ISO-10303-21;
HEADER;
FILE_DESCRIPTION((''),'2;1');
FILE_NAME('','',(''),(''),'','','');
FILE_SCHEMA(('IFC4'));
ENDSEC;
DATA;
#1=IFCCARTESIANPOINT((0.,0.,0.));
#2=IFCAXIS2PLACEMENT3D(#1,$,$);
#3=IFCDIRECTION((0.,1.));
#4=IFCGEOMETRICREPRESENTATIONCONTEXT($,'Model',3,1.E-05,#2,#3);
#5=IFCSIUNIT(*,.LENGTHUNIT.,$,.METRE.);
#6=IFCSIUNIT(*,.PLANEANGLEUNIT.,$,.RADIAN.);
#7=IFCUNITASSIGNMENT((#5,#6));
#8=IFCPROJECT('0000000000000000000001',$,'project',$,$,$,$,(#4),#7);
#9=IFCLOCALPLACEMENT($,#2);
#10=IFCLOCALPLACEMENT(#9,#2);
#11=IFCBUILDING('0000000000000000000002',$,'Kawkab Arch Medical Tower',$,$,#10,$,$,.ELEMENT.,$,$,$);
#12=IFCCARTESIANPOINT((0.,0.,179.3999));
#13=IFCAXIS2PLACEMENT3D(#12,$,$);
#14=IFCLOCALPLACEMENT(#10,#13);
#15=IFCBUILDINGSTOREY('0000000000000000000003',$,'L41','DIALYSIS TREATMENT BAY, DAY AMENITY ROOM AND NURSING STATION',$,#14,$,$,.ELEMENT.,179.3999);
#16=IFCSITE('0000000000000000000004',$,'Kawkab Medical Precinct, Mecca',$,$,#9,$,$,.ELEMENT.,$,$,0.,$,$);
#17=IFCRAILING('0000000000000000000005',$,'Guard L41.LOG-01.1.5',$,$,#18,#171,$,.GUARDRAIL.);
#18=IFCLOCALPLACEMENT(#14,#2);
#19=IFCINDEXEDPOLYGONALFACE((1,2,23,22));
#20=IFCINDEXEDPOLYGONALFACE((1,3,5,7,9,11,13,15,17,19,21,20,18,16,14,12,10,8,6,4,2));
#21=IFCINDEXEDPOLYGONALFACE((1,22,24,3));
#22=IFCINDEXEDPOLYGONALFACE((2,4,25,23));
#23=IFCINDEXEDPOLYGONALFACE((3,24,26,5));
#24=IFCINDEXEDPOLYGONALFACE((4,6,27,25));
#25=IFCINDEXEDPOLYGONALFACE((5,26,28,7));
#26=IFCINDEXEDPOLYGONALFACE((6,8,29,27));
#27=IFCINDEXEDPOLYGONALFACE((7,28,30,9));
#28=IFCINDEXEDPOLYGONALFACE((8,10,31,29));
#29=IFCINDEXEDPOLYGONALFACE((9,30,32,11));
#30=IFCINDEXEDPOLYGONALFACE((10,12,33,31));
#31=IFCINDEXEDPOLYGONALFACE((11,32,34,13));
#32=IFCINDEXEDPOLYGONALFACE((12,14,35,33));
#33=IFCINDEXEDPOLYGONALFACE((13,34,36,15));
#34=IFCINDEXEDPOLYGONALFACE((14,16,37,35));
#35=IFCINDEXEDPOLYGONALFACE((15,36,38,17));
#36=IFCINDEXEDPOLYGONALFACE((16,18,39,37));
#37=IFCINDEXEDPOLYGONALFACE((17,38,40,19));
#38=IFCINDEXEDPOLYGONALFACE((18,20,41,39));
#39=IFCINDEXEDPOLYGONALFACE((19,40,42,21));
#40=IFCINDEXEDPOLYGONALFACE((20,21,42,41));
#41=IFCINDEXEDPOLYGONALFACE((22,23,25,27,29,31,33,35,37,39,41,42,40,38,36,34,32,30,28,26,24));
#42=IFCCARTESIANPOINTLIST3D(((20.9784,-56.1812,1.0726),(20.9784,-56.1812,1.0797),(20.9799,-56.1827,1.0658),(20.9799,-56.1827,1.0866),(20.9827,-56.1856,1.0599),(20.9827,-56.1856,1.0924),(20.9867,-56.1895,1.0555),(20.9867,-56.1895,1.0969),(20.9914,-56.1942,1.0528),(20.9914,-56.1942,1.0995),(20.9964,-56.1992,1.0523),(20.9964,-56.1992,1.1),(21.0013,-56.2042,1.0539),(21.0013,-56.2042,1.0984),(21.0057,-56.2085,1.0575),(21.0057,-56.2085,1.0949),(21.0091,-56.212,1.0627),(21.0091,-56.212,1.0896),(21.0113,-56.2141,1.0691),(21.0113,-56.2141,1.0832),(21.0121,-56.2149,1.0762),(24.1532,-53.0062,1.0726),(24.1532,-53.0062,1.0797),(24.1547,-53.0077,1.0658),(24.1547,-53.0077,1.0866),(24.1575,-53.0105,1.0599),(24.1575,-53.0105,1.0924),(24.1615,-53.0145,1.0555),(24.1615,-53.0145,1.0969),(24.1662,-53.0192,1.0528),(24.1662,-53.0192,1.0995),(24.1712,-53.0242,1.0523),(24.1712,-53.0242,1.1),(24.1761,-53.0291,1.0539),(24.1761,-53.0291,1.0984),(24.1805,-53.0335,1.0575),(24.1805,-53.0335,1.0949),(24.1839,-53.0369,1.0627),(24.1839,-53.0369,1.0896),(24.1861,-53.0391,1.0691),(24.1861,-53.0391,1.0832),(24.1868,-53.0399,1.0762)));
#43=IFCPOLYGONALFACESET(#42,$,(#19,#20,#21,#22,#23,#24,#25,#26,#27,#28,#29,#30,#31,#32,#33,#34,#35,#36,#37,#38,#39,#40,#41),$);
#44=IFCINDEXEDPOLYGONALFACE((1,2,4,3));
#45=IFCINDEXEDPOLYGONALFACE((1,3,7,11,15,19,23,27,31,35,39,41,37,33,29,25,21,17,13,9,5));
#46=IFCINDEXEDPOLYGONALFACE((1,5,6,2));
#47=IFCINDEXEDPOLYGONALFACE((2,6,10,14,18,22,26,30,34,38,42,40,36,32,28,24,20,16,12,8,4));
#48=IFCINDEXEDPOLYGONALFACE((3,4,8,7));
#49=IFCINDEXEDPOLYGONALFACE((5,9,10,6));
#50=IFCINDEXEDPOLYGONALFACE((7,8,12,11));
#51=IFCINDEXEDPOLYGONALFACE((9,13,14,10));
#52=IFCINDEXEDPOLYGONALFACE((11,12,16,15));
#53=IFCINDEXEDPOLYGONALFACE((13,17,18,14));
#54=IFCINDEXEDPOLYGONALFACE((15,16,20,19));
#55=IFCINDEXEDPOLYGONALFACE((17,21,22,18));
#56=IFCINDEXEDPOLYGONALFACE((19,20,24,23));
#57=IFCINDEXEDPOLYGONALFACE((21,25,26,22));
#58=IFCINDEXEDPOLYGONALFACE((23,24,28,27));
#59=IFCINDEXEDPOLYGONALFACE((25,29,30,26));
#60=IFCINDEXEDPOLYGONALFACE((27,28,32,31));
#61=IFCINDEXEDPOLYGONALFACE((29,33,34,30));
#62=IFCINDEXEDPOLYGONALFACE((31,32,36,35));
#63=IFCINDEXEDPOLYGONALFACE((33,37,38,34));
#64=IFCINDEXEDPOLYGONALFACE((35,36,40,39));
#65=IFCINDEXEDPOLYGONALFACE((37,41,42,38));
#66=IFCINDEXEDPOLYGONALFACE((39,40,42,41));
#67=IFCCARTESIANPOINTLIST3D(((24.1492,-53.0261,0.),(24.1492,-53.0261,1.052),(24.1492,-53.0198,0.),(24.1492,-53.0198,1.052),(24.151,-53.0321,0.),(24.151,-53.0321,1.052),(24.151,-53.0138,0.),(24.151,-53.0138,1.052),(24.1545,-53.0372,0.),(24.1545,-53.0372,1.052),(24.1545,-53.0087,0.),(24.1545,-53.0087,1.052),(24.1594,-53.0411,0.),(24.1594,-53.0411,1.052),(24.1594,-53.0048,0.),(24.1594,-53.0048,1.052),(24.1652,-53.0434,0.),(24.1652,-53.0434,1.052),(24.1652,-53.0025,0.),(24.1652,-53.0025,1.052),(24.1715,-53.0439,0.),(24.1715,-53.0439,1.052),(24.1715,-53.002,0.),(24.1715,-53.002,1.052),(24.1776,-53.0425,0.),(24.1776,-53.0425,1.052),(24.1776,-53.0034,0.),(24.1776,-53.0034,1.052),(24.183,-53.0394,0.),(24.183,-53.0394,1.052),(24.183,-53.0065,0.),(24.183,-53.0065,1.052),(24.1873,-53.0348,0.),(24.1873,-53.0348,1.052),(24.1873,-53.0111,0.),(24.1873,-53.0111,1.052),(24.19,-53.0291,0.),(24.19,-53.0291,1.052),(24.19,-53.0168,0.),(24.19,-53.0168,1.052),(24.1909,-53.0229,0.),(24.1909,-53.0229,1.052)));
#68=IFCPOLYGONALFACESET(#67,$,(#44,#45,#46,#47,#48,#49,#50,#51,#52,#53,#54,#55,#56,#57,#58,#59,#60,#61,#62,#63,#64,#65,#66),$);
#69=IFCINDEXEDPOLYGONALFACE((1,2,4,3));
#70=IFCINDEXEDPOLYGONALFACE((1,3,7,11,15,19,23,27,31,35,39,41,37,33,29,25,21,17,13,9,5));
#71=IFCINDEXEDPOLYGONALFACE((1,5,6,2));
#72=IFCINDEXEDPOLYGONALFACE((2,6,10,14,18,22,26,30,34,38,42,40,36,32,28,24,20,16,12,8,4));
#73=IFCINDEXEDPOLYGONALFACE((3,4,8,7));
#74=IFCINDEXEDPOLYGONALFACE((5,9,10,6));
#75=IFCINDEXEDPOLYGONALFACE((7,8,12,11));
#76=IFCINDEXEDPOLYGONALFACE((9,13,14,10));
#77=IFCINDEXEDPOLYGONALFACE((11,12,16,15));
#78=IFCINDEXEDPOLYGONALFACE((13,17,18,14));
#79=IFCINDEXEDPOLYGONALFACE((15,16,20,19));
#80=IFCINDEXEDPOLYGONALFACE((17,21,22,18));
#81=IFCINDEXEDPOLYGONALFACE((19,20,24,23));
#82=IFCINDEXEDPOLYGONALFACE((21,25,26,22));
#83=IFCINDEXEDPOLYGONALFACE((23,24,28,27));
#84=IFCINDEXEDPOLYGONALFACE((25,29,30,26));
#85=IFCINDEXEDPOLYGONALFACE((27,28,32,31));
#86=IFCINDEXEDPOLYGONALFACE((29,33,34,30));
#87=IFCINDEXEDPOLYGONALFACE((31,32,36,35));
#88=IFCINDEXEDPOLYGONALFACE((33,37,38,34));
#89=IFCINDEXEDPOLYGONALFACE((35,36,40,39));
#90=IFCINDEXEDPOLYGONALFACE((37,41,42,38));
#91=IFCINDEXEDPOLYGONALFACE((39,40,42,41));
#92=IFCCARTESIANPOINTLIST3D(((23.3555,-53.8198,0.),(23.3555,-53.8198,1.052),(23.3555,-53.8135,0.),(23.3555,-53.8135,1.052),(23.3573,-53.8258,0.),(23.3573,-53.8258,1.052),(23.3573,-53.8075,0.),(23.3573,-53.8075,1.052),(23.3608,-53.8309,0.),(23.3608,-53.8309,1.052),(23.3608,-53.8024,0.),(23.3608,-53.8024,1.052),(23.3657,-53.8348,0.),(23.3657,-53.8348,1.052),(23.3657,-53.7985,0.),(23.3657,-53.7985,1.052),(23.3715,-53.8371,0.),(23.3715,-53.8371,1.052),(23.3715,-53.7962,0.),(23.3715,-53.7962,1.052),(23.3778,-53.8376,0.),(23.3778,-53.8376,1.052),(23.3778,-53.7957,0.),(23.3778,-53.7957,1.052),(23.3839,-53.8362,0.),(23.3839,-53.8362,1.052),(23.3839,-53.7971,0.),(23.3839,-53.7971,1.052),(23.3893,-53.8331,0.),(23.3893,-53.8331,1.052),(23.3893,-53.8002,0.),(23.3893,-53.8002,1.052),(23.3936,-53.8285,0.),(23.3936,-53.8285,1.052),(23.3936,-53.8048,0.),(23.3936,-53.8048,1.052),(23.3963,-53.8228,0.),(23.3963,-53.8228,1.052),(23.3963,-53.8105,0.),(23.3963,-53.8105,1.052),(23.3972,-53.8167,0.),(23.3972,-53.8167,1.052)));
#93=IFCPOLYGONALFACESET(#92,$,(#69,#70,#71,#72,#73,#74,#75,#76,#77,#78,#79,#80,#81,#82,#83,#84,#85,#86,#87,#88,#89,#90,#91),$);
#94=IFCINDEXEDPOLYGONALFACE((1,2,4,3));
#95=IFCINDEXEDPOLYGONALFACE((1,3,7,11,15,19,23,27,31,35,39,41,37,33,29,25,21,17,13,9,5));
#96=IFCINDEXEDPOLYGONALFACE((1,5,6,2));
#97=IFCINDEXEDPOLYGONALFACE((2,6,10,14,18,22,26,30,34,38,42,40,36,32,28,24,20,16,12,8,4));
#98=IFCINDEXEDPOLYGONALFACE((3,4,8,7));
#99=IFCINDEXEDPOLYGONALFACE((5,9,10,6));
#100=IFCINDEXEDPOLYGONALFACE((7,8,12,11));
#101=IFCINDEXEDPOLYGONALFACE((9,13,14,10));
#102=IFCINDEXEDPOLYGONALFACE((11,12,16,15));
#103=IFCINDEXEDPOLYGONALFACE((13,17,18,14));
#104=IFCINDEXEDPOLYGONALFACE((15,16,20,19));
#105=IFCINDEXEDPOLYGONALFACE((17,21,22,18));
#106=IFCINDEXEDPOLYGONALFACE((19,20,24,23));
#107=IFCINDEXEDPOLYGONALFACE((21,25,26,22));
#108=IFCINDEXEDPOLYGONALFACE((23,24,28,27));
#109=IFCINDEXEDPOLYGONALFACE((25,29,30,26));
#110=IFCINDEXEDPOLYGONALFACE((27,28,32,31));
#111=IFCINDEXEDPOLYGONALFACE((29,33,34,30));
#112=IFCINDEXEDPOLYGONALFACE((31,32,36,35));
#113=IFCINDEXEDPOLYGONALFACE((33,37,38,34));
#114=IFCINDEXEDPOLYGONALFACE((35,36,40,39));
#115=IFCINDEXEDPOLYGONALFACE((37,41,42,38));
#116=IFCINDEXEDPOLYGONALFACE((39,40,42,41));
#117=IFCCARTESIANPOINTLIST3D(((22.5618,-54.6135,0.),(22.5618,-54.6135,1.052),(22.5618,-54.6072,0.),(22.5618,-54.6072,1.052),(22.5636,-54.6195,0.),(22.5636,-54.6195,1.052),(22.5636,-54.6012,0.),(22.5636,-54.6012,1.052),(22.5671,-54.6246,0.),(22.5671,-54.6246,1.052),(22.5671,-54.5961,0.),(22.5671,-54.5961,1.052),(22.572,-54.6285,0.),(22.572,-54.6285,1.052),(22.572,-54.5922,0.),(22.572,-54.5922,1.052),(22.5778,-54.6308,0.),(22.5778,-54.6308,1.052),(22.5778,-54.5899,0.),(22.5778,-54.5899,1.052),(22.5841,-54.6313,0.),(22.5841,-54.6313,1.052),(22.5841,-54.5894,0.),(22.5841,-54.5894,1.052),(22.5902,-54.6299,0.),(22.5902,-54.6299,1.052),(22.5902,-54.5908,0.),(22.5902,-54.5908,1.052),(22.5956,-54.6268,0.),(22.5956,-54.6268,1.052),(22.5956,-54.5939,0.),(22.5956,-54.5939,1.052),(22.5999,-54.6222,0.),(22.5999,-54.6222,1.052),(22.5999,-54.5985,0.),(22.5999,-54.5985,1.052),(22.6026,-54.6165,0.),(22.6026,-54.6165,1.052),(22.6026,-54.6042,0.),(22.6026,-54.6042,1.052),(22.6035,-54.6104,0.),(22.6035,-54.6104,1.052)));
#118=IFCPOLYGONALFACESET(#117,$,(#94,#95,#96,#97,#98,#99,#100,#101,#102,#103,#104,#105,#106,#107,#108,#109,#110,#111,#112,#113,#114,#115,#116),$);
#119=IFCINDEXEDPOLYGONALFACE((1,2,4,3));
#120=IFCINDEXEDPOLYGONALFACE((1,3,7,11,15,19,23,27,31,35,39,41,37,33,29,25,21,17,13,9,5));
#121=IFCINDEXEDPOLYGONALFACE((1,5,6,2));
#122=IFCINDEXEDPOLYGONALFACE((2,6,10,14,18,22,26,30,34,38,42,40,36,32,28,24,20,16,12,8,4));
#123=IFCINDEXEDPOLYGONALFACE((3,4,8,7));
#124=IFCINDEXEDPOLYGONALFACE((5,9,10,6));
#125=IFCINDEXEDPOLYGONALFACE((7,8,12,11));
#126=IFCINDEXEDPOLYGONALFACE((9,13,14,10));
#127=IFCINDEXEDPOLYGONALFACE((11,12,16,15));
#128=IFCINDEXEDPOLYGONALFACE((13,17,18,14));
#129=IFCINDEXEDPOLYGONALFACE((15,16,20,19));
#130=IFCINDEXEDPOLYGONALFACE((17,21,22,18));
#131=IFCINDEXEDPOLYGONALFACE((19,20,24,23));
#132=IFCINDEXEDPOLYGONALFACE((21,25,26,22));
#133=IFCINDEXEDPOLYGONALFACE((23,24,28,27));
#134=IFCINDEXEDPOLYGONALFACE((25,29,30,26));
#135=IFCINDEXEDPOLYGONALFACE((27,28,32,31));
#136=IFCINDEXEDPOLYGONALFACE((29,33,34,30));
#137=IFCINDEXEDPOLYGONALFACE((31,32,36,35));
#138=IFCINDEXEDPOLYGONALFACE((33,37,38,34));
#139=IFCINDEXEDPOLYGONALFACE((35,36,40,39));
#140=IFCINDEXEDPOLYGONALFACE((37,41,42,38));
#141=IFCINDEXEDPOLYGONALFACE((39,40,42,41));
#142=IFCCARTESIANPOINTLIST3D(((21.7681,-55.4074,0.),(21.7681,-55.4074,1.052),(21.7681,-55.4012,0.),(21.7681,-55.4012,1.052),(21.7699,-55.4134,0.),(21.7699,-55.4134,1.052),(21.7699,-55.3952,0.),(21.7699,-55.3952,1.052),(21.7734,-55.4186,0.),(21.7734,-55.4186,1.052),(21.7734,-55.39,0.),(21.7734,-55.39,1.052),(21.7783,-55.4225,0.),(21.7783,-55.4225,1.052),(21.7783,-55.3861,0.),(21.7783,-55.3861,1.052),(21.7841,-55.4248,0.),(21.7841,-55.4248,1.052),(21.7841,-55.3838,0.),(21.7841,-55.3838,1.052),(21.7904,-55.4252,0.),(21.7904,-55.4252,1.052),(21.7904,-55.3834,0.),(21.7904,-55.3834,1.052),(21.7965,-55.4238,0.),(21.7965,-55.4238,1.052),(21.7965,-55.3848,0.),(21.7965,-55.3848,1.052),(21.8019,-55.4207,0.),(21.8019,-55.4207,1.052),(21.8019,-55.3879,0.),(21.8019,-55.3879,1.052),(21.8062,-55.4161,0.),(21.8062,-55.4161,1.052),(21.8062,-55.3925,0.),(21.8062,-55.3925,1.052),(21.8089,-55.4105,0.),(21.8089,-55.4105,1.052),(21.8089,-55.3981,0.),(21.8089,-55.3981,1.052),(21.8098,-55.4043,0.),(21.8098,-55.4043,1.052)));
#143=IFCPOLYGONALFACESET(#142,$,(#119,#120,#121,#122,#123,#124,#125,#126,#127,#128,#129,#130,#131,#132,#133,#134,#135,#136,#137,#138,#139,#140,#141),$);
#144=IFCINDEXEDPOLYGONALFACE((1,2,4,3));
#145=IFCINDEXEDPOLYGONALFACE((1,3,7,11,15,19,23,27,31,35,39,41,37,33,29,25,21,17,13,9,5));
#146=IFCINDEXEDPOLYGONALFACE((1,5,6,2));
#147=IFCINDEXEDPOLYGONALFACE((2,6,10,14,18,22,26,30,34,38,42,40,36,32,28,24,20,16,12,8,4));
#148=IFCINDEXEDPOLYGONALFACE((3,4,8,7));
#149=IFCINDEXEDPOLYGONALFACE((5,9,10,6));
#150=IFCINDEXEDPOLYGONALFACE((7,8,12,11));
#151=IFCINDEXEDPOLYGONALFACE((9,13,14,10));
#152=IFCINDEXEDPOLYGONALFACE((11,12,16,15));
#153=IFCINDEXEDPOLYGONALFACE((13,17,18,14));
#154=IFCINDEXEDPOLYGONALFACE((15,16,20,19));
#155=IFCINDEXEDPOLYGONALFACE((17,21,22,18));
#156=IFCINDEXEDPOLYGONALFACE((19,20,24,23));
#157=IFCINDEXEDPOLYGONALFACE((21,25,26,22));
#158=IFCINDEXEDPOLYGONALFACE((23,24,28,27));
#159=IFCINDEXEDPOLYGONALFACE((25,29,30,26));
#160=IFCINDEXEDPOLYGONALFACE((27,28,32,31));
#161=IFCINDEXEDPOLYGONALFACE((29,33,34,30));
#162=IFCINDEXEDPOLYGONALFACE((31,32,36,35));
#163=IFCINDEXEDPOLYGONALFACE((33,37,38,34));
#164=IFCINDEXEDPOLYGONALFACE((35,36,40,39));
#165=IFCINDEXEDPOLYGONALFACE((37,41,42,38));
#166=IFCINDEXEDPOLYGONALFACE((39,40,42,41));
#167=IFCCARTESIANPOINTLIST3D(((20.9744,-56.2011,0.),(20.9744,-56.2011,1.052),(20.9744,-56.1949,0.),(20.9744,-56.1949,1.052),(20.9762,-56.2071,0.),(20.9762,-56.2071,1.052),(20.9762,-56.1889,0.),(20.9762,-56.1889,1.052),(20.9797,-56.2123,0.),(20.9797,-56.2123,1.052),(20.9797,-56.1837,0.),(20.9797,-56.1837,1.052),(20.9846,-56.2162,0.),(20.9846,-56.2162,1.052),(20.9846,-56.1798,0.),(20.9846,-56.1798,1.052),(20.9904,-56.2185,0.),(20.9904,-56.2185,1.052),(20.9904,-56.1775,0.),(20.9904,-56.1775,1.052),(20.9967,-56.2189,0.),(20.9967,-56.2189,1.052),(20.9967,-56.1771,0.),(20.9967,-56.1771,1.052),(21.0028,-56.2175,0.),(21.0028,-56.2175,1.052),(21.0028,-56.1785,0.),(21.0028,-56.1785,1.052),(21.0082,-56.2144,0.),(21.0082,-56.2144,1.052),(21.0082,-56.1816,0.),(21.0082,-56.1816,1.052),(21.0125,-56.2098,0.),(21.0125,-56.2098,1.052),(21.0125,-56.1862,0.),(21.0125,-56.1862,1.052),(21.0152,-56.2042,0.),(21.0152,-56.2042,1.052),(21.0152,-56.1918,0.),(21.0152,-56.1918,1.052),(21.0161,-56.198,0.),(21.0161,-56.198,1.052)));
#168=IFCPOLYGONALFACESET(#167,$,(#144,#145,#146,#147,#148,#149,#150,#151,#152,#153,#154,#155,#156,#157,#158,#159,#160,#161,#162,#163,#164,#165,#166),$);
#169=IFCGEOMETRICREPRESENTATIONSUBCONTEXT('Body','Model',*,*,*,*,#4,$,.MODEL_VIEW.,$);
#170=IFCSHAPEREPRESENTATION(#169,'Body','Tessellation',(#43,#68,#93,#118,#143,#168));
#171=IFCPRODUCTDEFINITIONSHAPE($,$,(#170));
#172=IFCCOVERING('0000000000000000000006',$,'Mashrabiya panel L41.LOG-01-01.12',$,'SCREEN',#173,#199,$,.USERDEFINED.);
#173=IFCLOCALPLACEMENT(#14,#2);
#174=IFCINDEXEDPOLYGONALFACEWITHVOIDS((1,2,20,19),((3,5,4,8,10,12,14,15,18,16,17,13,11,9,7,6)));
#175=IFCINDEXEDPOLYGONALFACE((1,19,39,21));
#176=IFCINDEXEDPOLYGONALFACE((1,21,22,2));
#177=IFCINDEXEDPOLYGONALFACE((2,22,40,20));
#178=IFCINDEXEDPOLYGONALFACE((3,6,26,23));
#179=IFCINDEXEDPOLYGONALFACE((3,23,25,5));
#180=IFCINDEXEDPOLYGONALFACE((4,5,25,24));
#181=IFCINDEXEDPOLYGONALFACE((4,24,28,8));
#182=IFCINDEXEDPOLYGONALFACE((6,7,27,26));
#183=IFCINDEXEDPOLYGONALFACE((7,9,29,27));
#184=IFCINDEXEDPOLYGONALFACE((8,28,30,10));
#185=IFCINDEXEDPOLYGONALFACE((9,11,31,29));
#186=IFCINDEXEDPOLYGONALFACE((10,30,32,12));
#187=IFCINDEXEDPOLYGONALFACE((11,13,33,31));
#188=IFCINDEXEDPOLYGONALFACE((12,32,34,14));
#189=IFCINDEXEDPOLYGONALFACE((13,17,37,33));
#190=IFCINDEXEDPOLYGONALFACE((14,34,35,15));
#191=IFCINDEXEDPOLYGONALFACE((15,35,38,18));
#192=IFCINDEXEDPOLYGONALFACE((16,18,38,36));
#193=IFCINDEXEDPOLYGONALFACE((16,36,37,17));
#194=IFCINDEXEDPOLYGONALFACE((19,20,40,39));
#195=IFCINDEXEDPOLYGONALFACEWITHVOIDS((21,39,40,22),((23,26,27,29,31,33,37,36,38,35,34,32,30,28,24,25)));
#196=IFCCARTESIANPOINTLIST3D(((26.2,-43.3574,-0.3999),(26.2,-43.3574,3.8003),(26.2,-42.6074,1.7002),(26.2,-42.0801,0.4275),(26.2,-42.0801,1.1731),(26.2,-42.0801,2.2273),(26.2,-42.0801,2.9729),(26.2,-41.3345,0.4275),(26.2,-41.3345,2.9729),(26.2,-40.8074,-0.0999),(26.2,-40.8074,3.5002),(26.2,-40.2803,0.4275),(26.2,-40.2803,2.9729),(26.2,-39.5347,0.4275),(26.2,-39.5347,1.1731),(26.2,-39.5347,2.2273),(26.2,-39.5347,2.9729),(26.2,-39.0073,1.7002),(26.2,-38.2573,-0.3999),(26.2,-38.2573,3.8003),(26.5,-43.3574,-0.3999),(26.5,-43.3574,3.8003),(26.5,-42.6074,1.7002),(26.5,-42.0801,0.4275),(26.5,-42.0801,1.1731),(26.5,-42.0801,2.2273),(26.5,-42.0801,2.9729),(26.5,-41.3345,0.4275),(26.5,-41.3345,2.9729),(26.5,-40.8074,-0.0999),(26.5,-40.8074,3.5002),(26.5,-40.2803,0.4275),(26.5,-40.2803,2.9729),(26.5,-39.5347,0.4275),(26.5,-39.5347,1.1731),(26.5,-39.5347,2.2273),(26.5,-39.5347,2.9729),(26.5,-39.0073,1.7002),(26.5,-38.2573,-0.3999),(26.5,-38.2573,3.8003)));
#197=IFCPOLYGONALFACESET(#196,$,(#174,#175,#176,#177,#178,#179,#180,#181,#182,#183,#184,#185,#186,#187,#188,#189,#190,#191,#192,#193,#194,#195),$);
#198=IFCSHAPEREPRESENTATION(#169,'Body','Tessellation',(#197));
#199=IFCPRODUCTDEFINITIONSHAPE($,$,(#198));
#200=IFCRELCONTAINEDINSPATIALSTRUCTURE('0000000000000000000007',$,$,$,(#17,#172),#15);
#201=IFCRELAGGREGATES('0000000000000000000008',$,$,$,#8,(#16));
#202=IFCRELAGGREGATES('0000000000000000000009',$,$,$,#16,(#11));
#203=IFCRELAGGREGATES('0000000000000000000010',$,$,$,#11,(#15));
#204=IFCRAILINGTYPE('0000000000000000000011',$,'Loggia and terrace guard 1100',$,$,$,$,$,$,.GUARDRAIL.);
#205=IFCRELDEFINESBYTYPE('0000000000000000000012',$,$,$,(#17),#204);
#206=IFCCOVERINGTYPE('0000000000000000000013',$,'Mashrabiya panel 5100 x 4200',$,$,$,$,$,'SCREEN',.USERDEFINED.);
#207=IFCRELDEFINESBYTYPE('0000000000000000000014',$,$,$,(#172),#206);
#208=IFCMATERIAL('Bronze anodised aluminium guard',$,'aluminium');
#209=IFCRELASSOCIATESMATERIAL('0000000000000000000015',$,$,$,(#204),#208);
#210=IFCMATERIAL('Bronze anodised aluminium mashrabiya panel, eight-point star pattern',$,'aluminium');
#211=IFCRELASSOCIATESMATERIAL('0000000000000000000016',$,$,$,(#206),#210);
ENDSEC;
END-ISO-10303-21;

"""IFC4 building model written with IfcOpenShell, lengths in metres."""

from ifc_helpers import new_model, si_unit, direction, frame, origin, origin_2d, place, context, subcontext, project, spatial, polyline, circle, outline, extrude, material, material_profile, profile_set, type_object, element, save


model = new_model("IFC4")

# Units and contexts
model_context = context("Model", 3, precision=1e-05, world=origin(), true_north=direction((0.0, 1.0)))
body_context = subcontext(model_context, "Body", "Model", "MODEL_VIEW")
ifc_project = project(units=[si_unit("LENGTHUNIT", "METRE"), si_unit("PLANEANGLEUNIT", "RADIAN")], contexts=[model_context])

# Site, building, storey
site_placement = place(None, origin())
site = spatial("IfcSite", under=ifc_project, at=site_placement, Name="Kawkab Medical Precinct, Mecca", CompositionType="ELEMENT", RefElevation=0.0)
building_placement = place(site_placement, origin())
building = spatial("IfcBuilding", under=site, at=building_placement, Name="Kawkab Arch Medical Tower", CompositionType="ELEMENT")
storey_placement = place(building_placement, frame((0.0, 0.0, 179.3999)))
storey = spatial("IfcBuildingStorey", under=building, at=storey_placement, Name="L41", Description="DIALYSIS TREATMENT BAY, DAY AMENITY ROOM AND NURSING STATION", CompositionType="ELEMENT", Elevation=179.3999)

# Railing
ifc_material_1 = material(Name="Bronze anodised aluminium guard", Category="aluminium")
railing_type_1 = type_object("IfcRailingType", Name="Loggia and terrace guard 1100", PredefinedType="GUARDRAIL", material=ifc_material_1)
railing_1_placement = place(storey_placement, frame((24.1699, -53.0229, 0.0)))
element("IfcRailing", 1, at=railing_1_placement, inside=storey, type_object=railing_type_1, Name="Guard L41.LOG-01.1.5", PredefinedType="GUARDRAIL", context=body_context, shape_type="SweptSolid", body=[
    extrude(circle(Radius=0.0239, at=origin_2d()), frame((0.0, 0.0, 1.0762), z_axis=(-0.70708, -0.707134, 0.0), x_axis=(0.707134, -0.70708, 0.0)), (0.0, 0.0, 1.0), 4.49),
    extrude(circle(Radius=0.021, at=origin_2d()), origin(), (0.0, 0.0, 1.0), 1.052),
    extrude(circle(Radius=0.021, at=origin_2d()), frame((-0.7937, -0.7937, 0.0)), (0.0, 0.0, 1.0), 1.052),
    extrude(circle(Radius=0.021, at=origin_2d()), frame((-1.5874, -1.5874, 0.0)), (0.0, 0.0, 1.0), 1.052),
    extrude(circle(Radius=0.021, at=origin_2d()), frame((-2.3811, -2.3813, 0.0)), (0.0, 0.0, 1.0), 1.052),
    extrude(circle(Radius=0.021, at=origin_2d()), frame((-3.1748, -3.175, 0.0)), (0.0, 0.0, 1.0), 1.052),
])

# Covering
ifc_material_2 = material(Name="Bronze anodised aluminium mashrabiya panel, eight-point star pattern", Category="aluminium")
ifc_material_profile_1 = material_profile(ifc_material_2, outline(polyline([(-2.55, -2.1001), (2.55, -2.1001), (2.55, 2.1001), (-2.55, 2.1001), (-2.55, -2.1001)]), holes=[polyline([(1.8, 0.0), (1.2727, 0.5271), (1.2727, 1.2727), (0.5271, 1.2727), (0.0, 1.8), (-0.5271, 1.2727), (-1.2727, 1.2727), (-1.2727, 0.5271), (-1.8, 0.0), (-1.2727, -0.5271), (-1.2727, -1.2727), (-0.5271, -1.2727), (0.0, -1.8), (0.5271, -1.2727), (1.2727, -1.2727), (1.2727, -0.5271), (1.8, 0.0)])]), Name="Mashrabiya panel 5100x4200")
ifc_profile_set_1 = profile_set([ifc_material_profile_1], Name="Bronze anodised aluminium mashrabiya panel, eight-point star pattern")
covering_type_1 = type_object("IfcCoveringType", Name="Mashrabiya panel 5100 x 4200", ElementType="SCREEN", PredefinedType="USERDEFINED", material=ifc_profile_set_1)
covering_1_placement = place(storey_placement, frame((26.2, -40.8074, 1.7002), z_axis=(1.0, 0.0, 0.0), x_axis=(0.0, 1.0, 0.0)))
element("IfcCovering", 2, at=covering_1_placement, inside=storey, type_object=covering_type_1, Name="Mashrabiya panel L41.LOG-01-01.12", ObjectType="SCREEN", PredefinedType="USERDEFINED", context=body_context, shape_type="SweptSolid", body=[
    extrude(outline(polyline([(-2.55, -2.1001), (2.55, -2.1001), (2.55, 2.1001), (-2.55, 2.1001), (-2.55, -2.1001)]), holes=[polyline([(1.8, 0.0), (1.2727, 0.5271), (1.2727, 1.2727), (0.5271, 1.2727), (0.0, 1.8), (-0.5271, 1.2727), (-1.2727, 1.2727), (-1.2727, 0.5271), (-1.8, 0.0), (-1.2727, -0.5271), (-1.2727, -1.2727), (-0.5271, -1.2727), (0.0, -1.8), (0.5271, -1.2727), (1.2727, -1.2727), (1.2727, -0.5271), (1.8, 0.0)])]), origin(), (0.0, 0.0, 1.0), 0.3),
])

save(model, "model.ifc")
